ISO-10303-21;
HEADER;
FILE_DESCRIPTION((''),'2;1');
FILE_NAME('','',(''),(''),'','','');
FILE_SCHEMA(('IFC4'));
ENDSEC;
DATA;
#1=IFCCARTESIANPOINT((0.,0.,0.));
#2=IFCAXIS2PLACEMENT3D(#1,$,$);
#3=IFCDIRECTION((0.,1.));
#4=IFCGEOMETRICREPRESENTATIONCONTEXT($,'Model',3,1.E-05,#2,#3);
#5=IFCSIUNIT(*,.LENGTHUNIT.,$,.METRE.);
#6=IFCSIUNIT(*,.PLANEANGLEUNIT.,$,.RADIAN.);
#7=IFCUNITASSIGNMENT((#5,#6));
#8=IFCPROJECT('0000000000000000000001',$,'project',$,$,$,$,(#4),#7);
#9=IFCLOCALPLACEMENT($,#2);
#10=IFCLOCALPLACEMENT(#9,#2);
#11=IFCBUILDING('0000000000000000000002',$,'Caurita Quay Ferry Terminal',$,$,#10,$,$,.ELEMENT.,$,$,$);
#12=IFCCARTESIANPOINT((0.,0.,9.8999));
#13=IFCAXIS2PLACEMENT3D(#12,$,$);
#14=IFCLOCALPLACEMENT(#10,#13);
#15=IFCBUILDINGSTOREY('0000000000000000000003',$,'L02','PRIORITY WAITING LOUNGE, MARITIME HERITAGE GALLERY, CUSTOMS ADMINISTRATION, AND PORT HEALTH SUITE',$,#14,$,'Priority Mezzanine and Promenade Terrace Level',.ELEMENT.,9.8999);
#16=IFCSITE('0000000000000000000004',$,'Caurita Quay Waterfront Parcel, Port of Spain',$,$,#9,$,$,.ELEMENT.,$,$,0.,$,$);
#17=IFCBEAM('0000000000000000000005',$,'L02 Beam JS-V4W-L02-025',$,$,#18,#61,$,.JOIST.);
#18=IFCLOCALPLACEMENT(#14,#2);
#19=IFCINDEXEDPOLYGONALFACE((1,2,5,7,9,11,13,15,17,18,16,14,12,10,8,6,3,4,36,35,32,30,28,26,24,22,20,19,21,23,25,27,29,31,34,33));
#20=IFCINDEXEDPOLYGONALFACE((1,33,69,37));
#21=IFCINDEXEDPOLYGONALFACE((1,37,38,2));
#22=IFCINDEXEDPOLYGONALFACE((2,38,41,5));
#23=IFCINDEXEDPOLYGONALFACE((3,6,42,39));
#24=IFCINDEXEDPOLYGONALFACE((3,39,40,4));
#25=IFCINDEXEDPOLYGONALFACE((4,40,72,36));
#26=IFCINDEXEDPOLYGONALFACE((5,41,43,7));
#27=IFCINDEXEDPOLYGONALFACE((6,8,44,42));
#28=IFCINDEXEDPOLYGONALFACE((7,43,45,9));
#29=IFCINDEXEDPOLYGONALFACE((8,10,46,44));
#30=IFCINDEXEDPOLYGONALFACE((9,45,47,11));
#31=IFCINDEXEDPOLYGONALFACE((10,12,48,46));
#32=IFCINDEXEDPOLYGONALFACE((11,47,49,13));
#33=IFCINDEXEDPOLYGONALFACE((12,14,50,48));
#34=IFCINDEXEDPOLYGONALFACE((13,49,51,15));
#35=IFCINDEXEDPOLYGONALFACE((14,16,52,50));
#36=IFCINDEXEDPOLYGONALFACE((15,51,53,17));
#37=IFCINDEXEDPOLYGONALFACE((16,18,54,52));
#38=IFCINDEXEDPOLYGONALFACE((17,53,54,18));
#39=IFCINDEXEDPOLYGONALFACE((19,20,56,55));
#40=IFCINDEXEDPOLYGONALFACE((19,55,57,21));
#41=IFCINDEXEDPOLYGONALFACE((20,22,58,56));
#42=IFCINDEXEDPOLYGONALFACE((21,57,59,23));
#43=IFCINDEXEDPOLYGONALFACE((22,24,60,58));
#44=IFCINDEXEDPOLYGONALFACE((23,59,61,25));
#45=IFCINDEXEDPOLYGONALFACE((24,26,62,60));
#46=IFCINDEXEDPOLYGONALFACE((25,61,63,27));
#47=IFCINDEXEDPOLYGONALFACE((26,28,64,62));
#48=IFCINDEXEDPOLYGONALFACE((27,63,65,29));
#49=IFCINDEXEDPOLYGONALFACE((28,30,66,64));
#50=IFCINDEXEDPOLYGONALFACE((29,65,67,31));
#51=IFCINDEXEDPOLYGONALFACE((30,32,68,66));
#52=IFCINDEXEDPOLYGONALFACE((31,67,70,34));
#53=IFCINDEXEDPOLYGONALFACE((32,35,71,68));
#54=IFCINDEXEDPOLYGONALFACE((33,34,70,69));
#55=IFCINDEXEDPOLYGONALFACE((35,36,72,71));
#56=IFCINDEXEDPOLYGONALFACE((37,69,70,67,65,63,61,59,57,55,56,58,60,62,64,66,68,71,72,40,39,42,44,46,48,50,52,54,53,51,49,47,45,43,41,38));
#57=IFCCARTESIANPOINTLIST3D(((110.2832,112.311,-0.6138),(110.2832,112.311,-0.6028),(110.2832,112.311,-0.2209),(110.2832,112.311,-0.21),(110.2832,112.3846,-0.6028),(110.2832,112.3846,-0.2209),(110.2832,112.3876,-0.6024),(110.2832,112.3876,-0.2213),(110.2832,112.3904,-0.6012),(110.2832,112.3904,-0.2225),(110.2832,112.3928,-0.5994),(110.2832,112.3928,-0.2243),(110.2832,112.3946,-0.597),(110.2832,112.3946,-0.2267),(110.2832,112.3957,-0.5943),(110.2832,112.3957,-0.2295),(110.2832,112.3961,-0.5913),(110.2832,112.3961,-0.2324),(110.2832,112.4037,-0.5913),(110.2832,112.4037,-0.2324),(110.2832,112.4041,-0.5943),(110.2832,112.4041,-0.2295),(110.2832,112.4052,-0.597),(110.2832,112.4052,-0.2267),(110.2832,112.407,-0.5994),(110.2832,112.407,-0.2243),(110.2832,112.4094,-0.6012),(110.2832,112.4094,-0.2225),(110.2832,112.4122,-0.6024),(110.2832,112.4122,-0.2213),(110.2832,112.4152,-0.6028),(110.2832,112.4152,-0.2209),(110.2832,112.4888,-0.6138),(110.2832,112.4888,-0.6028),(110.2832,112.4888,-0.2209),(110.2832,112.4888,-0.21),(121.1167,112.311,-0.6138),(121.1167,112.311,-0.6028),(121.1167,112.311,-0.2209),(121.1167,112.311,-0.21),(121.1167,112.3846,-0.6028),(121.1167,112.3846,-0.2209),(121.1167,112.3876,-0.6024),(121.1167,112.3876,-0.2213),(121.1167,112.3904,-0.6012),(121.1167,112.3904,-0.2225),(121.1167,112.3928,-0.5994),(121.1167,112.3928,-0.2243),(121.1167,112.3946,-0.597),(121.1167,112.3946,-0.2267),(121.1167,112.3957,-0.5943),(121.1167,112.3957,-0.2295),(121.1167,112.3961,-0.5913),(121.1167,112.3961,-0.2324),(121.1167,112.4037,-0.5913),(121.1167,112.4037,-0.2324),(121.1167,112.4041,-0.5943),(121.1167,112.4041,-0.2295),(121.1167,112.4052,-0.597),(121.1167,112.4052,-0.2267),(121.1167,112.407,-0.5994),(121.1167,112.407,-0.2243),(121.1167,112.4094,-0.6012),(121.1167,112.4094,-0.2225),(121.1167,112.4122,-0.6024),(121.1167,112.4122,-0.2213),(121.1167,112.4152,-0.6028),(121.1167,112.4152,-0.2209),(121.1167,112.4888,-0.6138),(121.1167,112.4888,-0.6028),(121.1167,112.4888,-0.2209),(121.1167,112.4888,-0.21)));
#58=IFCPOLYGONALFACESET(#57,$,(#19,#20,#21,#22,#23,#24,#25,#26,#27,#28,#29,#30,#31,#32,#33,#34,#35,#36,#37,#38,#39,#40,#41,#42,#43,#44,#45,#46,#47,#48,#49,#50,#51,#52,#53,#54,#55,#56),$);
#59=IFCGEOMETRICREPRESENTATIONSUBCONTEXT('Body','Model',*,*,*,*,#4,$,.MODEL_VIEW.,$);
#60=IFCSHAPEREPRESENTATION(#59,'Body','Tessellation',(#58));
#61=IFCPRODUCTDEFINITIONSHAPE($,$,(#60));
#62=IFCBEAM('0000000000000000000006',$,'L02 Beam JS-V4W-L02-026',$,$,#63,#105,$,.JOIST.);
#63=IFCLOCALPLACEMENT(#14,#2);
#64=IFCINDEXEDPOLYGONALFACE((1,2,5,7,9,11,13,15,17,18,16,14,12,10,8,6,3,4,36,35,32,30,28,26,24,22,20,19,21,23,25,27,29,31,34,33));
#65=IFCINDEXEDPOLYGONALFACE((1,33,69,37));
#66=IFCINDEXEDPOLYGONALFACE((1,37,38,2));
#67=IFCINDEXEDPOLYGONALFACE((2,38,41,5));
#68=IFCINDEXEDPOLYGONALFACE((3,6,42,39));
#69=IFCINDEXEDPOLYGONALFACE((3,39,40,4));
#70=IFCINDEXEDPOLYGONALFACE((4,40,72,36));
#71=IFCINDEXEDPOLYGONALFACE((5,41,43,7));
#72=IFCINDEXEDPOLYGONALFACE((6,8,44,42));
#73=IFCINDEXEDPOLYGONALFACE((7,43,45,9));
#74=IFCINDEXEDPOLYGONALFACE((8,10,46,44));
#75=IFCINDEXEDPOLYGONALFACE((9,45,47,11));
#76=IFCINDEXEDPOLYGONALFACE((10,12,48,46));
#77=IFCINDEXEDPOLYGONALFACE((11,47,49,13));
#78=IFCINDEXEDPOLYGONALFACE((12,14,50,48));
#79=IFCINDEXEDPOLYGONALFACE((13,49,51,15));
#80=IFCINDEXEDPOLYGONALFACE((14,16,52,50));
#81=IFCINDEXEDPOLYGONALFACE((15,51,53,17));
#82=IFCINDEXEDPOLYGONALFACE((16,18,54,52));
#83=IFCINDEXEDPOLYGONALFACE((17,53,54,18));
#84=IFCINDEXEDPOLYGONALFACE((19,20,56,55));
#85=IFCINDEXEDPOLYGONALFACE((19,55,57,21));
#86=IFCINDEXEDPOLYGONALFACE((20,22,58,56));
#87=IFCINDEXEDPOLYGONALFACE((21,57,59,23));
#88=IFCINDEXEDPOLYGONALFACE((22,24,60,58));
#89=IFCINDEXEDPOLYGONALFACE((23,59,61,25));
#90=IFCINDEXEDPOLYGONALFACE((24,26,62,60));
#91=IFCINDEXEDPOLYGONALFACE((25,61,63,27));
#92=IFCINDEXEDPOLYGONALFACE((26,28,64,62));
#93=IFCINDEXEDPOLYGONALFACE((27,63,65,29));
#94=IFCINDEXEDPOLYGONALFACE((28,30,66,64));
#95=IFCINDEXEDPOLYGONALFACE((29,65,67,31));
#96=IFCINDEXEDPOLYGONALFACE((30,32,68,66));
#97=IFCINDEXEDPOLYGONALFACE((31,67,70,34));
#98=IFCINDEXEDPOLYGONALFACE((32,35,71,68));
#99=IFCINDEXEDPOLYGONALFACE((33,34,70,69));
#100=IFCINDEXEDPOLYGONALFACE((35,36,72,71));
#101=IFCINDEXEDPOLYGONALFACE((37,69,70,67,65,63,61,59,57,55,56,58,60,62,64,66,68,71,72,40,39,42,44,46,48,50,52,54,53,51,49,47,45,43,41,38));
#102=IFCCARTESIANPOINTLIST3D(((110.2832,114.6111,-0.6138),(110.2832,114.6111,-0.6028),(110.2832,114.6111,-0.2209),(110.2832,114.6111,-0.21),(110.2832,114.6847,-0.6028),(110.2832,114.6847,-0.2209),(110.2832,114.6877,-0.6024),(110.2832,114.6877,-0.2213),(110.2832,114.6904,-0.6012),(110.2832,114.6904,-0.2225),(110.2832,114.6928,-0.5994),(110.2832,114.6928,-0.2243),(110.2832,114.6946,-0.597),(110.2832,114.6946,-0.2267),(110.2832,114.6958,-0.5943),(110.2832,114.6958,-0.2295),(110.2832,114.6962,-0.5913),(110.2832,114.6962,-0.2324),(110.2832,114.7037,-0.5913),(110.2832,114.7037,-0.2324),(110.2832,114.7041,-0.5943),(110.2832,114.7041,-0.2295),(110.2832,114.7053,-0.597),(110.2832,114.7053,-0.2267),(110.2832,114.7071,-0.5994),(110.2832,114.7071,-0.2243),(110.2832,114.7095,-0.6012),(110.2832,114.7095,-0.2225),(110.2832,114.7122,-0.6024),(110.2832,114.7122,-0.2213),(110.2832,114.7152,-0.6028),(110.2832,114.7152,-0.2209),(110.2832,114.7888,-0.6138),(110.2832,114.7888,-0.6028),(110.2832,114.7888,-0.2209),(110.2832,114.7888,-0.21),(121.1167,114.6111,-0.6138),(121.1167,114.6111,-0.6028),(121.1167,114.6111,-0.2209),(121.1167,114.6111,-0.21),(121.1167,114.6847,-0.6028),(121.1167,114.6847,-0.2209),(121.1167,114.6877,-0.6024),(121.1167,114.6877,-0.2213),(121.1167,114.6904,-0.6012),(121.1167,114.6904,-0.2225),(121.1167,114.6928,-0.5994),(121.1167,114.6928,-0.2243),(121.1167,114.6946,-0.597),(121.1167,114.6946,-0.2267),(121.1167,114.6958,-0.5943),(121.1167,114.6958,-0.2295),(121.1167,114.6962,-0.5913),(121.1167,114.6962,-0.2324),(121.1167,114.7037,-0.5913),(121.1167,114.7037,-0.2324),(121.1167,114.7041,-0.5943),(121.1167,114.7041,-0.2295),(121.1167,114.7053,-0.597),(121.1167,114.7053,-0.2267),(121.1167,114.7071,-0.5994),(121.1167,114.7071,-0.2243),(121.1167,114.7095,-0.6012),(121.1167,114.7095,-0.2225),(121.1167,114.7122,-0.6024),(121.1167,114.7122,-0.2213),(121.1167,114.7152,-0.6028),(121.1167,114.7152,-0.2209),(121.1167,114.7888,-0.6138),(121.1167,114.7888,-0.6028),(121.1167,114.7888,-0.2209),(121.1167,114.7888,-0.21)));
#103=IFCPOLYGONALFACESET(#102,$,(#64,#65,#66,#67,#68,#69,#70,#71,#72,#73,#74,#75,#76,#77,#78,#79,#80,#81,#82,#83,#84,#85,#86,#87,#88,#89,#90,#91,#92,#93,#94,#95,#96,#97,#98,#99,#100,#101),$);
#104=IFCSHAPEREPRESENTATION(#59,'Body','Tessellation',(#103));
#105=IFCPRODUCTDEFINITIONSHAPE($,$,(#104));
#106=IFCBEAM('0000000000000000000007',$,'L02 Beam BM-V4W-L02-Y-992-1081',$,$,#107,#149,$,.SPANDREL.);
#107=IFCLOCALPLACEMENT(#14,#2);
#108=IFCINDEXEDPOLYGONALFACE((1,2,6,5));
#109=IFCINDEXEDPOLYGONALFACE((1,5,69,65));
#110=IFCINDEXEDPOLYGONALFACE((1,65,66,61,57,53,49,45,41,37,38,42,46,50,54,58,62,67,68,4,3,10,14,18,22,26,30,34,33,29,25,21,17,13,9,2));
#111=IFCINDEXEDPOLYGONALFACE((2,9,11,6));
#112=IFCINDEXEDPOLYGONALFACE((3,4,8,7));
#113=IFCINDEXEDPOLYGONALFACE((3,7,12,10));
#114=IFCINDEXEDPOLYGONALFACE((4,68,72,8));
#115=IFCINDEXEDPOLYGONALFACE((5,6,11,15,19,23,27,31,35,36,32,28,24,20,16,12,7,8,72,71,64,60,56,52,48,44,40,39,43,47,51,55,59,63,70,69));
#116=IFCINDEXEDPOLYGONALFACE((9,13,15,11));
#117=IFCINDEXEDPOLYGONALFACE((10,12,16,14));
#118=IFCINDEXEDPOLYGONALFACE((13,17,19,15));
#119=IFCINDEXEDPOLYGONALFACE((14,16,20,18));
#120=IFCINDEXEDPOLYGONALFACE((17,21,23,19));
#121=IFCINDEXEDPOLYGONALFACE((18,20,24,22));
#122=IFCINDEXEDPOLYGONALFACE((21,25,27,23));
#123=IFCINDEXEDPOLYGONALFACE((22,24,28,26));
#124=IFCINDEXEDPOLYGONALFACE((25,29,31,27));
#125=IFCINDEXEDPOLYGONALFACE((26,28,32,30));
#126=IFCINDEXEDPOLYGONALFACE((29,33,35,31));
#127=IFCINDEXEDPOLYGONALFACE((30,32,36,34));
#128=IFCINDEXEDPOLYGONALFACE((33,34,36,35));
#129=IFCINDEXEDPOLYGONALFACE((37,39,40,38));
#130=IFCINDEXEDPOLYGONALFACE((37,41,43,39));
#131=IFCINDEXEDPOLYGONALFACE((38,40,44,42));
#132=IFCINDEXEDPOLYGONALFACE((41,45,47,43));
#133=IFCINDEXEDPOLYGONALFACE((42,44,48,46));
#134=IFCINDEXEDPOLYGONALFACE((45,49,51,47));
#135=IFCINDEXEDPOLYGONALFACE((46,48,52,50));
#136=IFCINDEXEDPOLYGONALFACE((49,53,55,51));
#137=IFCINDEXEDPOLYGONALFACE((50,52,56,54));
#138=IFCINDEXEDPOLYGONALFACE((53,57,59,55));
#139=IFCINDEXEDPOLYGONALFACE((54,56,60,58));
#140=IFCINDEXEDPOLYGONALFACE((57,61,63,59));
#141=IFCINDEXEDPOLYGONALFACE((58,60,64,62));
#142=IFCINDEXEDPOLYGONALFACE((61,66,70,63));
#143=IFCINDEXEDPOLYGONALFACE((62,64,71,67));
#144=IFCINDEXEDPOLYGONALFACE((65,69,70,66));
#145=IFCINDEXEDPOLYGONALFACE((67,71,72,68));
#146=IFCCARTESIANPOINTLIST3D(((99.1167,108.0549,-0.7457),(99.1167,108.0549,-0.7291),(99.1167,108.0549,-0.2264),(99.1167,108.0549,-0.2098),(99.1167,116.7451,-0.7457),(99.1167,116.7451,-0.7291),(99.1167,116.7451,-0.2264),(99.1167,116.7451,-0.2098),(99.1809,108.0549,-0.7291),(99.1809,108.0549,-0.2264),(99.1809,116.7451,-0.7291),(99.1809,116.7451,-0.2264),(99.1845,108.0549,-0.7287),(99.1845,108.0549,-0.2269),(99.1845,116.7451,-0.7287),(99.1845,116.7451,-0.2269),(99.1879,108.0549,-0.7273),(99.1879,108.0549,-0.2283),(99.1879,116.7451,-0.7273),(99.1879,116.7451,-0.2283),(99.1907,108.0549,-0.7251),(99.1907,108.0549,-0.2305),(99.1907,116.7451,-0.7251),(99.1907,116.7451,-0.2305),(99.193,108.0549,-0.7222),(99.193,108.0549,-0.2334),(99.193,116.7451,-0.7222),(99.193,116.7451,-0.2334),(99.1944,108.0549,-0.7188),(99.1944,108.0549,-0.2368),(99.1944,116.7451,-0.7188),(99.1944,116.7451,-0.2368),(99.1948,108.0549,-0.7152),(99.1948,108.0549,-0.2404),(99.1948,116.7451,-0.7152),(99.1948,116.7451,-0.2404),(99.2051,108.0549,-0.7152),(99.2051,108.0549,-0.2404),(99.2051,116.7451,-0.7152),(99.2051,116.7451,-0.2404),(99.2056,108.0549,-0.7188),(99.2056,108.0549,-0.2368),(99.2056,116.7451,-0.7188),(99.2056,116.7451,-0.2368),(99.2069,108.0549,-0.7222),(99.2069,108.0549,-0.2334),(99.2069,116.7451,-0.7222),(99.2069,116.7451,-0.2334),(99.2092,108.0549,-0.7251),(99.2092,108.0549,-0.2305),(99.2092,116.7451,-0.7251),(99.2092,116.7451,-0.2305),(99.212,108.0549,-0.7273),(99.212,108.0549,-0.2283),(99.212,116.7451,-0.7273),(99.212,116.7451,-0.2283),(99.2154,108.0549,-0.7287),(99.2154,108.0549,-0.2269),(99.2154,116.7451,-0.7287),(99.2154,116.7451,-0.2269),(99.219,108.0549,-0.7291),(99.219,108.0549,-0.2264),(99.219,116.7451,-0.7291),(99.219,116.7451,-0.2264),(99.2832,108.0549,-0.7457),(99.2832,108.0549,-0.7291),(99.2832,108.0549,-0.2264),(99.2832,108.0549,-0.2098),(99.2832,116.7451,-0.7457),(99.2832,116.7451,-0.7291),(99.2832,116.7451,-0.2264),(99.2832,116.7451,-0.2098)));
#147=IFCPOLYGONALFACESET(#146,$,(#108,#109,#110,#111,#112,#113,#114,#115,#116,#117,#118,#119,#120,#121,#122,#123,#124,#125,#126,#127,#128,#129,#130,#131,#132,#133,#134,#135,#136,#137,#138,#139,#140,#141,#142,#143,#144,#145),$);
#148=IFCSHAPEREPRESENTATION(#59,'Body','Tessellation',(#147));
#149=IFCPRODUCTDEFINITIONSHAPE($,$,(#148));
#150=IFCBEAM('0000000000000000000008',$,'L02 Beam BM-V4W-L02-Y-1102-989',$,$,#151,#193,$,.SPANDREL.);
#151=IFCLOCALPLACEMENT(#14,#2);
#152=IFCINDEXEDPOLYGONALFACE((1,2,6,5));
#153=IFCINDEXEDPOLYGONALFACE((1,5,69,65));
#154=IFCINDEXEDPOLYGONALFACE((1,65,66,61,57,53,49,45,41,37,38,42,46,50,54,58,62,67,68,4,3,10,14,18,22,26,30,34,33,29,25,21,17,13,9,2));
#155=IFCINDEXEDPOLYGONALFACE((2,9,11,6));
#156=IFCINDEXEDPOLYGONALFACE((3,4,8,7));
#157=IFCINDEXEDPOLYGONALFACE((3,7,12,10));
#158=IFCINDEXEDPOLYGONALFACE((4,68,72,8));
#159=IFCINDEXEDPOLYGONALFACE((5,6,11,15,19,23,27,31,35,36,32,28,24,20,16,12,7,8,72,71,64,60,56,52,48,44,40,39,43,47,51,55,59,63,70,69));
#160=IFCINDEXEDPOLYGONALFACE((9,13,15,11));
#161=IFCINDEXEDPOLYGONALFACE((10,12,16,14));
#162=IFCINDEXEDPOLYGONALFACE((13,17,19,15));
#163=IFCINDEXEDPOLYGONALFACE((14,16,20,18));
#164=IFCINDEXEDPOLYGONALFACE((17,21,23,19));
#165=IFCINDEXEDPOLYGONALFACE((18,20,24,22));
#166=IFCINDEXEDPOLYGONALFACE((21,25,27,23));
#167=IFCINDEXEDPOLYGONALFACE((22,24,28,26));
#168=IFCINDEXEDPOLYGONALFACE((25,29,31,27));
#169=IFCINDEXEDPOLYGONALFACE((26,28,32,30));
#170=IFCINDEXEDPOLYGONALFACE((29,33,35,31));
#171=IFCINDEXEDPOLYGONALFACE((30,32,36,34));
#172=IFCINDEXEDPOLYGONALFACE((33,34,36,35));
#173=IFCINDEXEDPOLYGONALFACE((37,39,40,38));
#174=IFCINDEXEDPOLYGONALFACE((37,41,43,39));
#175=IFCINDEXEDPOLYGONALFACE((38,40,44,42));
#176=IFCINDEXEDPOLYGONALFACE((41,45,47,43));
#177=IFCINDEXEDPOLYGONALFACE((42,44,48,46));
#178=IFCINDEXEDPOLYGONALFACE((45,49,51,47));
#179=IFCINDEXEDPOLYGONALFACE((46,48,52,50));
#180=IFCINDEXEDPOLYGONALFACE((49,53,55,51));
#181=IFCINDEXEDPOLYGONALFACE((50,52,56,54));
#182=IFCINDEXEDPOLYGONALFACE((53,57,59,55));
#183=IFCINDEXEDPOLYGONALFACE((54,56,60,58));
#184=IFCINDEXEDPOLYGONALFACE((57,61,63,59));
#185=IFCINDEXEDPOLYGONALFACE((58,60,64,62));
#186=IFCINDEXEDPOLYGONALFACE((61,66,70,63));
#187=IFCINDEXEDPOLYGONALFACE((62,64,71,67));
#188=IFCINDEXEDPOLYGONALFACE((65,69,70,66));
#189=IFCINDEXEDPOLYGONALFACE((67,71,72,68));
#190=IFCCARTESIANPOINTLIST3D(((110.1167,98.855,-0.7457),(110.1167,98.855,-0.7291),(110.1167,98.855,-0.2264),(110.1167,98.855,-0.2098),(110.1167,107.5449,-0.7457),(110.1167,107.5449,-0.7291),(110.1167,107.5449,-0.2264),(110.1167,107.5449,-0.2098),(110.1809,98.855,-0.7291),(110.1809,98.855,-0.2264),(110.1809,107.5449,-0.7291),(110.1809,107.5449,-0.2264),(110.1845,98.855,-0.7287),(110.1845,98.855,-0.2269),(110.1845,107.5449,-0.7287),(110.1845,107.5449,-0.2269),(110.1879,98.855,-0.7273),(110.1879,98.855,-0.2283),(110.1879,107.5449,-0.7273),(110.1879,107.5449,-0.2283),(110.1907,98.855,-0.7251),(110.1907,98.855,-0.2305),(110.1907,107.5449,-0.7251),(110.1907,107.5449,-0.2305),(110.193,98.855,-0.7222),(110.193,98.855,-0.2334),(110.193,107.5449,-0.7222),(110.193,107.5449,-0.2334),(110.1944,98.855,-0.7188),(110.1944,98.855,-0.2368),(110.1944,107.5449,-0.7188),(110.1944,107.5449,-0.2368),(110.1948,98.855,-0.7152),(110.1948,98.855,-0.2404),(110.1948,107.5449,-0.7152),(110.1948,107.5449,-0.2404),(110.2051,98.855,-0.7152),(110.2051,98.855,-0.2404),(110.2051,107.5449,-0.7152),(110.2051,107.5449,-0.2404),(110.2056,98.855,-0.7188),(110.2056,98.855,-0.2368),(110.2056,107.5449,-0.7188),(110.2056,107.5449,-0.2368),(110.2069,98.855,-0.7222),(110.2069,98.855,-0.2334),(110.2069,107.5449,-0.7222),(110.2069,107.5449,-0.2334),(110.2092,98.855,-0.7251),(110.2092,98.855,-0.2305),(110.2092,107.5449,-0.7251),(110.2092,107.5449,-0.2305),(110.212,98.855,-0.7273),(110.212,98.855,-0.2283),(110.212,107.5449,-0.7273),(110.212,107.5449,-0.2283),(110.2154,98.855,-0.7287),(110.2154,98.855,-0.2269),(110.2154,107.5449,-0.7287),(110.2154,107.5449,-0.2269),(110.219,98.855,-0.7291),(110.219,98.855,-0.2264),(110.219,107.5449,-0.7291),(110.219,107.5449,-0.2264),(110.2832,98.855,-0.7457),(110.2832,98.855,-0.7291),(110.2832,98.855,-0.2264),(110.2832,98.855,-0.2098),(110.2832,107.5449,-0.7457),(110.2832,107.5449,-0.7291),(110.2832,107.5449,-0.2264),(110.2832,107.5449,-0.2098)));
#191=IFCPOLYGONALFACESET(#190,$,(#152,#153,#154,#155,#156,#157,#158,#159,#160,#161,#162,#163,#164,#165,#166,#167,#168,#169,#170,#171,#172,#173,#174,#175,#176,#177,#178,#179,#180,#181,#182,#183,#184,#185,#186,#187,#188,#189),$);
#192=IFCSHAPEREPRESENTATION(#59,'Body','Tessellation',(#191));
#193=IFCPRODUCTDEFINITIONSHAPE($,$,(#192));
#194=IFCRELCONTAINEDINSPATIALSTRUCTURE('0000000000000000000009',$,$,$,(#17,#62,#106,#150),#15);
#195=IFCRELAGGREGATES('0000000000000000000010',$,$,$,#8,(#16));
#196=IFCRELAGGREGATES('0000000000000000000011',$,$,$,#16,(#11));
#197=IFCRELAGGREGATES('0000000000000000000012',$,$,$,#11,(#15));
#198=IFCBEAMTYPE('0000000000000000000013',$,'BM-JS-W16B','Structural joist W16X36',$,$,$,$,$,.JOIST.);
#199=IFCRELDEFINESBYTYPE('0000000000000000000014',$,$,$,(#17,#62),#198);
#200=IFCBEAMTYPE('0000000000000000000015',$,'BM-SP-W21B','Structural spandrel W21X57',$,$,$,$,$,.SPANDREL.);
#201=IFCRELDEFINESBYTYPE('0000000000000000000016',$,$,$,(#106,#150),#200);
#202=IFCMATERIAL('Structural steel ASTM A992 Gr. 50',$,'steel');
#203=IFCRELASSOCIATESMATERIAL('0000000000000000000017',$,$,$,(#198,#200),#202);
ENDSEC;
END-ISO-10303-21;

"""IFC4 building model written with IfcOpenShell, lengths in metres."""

from ifc_helpers import new_model, si_unit, direction, frame, origin, origin_2d, place, context, subcontext, project, spatial, i_section, extrude, material, material_profile, profile_set, type_object, element, save


model = new_model("IFC4")

# Units and contexts
model_context = context("Model", 3, precision=1e-05, world=origin(), true_north=direction((0.0, 1.0)))
body_context = subcontext(model_context, "Body", "Model", "MODEL_VIEW")
ifc_project = project(units=[si_unit("LENGTHUNIT", "METRE"), si_unit("PLANEANGLEUNIT", "RADIAN")], contexts=[model_context])

# Site, building, storey
site_placement = place(None, origin())
site = spatial("IfcSite", under=ifc_project, at=site_placement, Name="Caurita Quay Waterfront Parcel, Port of Spain", CompositionType="ELEMENT", RefElevation=0.0)
building_placement = place(site_placement, origin())
building = spatial("IfcBuilding", under=site, at=building_placement, Name="Caurita Quay Ferry Terminal", CompositionType="ELEMENT")
storey_placement = place(building_placement, frame((0.0, 0.0, 9.8999)))
storey = spatial("IfcBuildingStorey", under=building, at=storey_placement, Name="L02", Description="PRIORITY WAITING LOUNGE, MARITIME HERITAGE GALLERY, CUSTOMS ADMINISTRATION, AND PORT HEALTH SUITE", LongName="Priority Mezzanine and Promenade Terrace Level", CompositionType="ELEMENT", Elevation=9.8999)

# Beams
ifc_material_1 = material(Name="Structural steel ASTM A992 Gr. 50", Category="steel")
ifc_material_profile_1 = material_profile(ifc_material_1, i_section(OverallWidth=0.1777, OverallDepth=0.4038, WebThickness=0.0076, FlangeThickness=0.011, FilletRadius=0.0115, at=origin_2d()), Name="W16X36")
ifc_profile_set_1 = profile_set([ifc_material_profile_1], Name="Structural steel ASTM A992 Gr. 50")
beam_type_1 = type_object("IfcBeamType", Name="BM-JS-W16B", Description="Structural joist W16X36", PredefinedType="JOIST", material=ifc_profile_set_1)
for number, where, z_axis, x_axis, name in (
    (1, (110.2832, 112.3999, -0.4119), (1.0, 0.0, 0.0), (0.0, 1.0, 0.0), "L02 Beam JS-V4W-L02-025"),
    (2, (110.2832, 114.7, -0.4119), (1.0, 0.0, 0.0), (0.0, 1.0, 0.0), "L02 Beam JS-V4W-L02-026"),
):
    element("IfcBeam", number, at=place(storey_placement, frame(where, z_axis=z_axis, x_axis=x_axis)), inside=storey, type_object=beam_type_1, Name=name, PredefinedType="JOIST", context=body_context, shape_type="SweptSolid", body=[
        extrude(i_section(OverallWidth=0.1777, OverallDepth=0.4038, WebThickness=0.0076, FlangeThickness=0.011, FilletRadius=0.0115, at=origin_2d()), origin(), (0.0, 0.0, 1.0), 10.8335),
    ])
ifc_material_profile_2 = material_profile(ifc_material_1, i_section(OverallWidth=0.1665, OverallDepth=0.5359, WebThickness=0.0103, FlangeThickness=0.0166, FilletRadius=0.0139, at=origin_2d()), Name="W21X57")
ifc_profile_set_2 = profile_set([ifc_material_profile_2], Name="Structural steel ASTM A992 Gr. 50")
beam_type_2 = type_object("IfcBeamType", Name="BM-SP-W21B", Description="Structural spandrel W21X57", PredefinedType="SPANDREL", material=ifc_profile_set_2)
beam_1_placement = place(storey_placement, frame((99.2, 108.0549, -0.4778), z_axis=(0.0, 1.0, 0.0), x_axis=(-1.0, 0.0, 0.0)))
element("IfcBeam", 3, at=beam_1_placement, inside=storey, type_object=beam_type_2, Name="L02 Beam BM-V4W-L02-Y-992-1081", PredefinedType="SPANDREL", context=body_context, shape_type="SweptSolid", body=[
    extrude(i_section(OverallWidth=0.1665, OverallDepth=0.5359, WebThickness=0.0103, FlangeThickness=0.0166, FilletRadius=0.0139, at=origin_2d()), origin(), (0.0, 0.0, 1.0), 8.6902),
])
beam_2_placement = place(storey_placement, frame((110.2, 98.855, -0.4778), z_axis=(0.0, 1.0, 0.0), x_axis=(-1.0, 0.0, 0.0)))
element("IfcBeam", 4, at=beam_2_placement, inside=storey, type_object=beam_type_2, Name="L02 Beam BM-V4W-L02-Y-1102-989", PredefinedType="SPANDREL", context=body_context, shape_type="SweptSolid", body=[
    extrude(i_section(OverallWidth=0.1665, OverallDepth=0.5359, WebThickness=0.0103, FlangeThickness=0.0166, FilletRadius=0.0139, at=origin_2d()), origin(), (0.0, 0.0, 1.0), 8.6899),
])

save(model, "model.ifc")
